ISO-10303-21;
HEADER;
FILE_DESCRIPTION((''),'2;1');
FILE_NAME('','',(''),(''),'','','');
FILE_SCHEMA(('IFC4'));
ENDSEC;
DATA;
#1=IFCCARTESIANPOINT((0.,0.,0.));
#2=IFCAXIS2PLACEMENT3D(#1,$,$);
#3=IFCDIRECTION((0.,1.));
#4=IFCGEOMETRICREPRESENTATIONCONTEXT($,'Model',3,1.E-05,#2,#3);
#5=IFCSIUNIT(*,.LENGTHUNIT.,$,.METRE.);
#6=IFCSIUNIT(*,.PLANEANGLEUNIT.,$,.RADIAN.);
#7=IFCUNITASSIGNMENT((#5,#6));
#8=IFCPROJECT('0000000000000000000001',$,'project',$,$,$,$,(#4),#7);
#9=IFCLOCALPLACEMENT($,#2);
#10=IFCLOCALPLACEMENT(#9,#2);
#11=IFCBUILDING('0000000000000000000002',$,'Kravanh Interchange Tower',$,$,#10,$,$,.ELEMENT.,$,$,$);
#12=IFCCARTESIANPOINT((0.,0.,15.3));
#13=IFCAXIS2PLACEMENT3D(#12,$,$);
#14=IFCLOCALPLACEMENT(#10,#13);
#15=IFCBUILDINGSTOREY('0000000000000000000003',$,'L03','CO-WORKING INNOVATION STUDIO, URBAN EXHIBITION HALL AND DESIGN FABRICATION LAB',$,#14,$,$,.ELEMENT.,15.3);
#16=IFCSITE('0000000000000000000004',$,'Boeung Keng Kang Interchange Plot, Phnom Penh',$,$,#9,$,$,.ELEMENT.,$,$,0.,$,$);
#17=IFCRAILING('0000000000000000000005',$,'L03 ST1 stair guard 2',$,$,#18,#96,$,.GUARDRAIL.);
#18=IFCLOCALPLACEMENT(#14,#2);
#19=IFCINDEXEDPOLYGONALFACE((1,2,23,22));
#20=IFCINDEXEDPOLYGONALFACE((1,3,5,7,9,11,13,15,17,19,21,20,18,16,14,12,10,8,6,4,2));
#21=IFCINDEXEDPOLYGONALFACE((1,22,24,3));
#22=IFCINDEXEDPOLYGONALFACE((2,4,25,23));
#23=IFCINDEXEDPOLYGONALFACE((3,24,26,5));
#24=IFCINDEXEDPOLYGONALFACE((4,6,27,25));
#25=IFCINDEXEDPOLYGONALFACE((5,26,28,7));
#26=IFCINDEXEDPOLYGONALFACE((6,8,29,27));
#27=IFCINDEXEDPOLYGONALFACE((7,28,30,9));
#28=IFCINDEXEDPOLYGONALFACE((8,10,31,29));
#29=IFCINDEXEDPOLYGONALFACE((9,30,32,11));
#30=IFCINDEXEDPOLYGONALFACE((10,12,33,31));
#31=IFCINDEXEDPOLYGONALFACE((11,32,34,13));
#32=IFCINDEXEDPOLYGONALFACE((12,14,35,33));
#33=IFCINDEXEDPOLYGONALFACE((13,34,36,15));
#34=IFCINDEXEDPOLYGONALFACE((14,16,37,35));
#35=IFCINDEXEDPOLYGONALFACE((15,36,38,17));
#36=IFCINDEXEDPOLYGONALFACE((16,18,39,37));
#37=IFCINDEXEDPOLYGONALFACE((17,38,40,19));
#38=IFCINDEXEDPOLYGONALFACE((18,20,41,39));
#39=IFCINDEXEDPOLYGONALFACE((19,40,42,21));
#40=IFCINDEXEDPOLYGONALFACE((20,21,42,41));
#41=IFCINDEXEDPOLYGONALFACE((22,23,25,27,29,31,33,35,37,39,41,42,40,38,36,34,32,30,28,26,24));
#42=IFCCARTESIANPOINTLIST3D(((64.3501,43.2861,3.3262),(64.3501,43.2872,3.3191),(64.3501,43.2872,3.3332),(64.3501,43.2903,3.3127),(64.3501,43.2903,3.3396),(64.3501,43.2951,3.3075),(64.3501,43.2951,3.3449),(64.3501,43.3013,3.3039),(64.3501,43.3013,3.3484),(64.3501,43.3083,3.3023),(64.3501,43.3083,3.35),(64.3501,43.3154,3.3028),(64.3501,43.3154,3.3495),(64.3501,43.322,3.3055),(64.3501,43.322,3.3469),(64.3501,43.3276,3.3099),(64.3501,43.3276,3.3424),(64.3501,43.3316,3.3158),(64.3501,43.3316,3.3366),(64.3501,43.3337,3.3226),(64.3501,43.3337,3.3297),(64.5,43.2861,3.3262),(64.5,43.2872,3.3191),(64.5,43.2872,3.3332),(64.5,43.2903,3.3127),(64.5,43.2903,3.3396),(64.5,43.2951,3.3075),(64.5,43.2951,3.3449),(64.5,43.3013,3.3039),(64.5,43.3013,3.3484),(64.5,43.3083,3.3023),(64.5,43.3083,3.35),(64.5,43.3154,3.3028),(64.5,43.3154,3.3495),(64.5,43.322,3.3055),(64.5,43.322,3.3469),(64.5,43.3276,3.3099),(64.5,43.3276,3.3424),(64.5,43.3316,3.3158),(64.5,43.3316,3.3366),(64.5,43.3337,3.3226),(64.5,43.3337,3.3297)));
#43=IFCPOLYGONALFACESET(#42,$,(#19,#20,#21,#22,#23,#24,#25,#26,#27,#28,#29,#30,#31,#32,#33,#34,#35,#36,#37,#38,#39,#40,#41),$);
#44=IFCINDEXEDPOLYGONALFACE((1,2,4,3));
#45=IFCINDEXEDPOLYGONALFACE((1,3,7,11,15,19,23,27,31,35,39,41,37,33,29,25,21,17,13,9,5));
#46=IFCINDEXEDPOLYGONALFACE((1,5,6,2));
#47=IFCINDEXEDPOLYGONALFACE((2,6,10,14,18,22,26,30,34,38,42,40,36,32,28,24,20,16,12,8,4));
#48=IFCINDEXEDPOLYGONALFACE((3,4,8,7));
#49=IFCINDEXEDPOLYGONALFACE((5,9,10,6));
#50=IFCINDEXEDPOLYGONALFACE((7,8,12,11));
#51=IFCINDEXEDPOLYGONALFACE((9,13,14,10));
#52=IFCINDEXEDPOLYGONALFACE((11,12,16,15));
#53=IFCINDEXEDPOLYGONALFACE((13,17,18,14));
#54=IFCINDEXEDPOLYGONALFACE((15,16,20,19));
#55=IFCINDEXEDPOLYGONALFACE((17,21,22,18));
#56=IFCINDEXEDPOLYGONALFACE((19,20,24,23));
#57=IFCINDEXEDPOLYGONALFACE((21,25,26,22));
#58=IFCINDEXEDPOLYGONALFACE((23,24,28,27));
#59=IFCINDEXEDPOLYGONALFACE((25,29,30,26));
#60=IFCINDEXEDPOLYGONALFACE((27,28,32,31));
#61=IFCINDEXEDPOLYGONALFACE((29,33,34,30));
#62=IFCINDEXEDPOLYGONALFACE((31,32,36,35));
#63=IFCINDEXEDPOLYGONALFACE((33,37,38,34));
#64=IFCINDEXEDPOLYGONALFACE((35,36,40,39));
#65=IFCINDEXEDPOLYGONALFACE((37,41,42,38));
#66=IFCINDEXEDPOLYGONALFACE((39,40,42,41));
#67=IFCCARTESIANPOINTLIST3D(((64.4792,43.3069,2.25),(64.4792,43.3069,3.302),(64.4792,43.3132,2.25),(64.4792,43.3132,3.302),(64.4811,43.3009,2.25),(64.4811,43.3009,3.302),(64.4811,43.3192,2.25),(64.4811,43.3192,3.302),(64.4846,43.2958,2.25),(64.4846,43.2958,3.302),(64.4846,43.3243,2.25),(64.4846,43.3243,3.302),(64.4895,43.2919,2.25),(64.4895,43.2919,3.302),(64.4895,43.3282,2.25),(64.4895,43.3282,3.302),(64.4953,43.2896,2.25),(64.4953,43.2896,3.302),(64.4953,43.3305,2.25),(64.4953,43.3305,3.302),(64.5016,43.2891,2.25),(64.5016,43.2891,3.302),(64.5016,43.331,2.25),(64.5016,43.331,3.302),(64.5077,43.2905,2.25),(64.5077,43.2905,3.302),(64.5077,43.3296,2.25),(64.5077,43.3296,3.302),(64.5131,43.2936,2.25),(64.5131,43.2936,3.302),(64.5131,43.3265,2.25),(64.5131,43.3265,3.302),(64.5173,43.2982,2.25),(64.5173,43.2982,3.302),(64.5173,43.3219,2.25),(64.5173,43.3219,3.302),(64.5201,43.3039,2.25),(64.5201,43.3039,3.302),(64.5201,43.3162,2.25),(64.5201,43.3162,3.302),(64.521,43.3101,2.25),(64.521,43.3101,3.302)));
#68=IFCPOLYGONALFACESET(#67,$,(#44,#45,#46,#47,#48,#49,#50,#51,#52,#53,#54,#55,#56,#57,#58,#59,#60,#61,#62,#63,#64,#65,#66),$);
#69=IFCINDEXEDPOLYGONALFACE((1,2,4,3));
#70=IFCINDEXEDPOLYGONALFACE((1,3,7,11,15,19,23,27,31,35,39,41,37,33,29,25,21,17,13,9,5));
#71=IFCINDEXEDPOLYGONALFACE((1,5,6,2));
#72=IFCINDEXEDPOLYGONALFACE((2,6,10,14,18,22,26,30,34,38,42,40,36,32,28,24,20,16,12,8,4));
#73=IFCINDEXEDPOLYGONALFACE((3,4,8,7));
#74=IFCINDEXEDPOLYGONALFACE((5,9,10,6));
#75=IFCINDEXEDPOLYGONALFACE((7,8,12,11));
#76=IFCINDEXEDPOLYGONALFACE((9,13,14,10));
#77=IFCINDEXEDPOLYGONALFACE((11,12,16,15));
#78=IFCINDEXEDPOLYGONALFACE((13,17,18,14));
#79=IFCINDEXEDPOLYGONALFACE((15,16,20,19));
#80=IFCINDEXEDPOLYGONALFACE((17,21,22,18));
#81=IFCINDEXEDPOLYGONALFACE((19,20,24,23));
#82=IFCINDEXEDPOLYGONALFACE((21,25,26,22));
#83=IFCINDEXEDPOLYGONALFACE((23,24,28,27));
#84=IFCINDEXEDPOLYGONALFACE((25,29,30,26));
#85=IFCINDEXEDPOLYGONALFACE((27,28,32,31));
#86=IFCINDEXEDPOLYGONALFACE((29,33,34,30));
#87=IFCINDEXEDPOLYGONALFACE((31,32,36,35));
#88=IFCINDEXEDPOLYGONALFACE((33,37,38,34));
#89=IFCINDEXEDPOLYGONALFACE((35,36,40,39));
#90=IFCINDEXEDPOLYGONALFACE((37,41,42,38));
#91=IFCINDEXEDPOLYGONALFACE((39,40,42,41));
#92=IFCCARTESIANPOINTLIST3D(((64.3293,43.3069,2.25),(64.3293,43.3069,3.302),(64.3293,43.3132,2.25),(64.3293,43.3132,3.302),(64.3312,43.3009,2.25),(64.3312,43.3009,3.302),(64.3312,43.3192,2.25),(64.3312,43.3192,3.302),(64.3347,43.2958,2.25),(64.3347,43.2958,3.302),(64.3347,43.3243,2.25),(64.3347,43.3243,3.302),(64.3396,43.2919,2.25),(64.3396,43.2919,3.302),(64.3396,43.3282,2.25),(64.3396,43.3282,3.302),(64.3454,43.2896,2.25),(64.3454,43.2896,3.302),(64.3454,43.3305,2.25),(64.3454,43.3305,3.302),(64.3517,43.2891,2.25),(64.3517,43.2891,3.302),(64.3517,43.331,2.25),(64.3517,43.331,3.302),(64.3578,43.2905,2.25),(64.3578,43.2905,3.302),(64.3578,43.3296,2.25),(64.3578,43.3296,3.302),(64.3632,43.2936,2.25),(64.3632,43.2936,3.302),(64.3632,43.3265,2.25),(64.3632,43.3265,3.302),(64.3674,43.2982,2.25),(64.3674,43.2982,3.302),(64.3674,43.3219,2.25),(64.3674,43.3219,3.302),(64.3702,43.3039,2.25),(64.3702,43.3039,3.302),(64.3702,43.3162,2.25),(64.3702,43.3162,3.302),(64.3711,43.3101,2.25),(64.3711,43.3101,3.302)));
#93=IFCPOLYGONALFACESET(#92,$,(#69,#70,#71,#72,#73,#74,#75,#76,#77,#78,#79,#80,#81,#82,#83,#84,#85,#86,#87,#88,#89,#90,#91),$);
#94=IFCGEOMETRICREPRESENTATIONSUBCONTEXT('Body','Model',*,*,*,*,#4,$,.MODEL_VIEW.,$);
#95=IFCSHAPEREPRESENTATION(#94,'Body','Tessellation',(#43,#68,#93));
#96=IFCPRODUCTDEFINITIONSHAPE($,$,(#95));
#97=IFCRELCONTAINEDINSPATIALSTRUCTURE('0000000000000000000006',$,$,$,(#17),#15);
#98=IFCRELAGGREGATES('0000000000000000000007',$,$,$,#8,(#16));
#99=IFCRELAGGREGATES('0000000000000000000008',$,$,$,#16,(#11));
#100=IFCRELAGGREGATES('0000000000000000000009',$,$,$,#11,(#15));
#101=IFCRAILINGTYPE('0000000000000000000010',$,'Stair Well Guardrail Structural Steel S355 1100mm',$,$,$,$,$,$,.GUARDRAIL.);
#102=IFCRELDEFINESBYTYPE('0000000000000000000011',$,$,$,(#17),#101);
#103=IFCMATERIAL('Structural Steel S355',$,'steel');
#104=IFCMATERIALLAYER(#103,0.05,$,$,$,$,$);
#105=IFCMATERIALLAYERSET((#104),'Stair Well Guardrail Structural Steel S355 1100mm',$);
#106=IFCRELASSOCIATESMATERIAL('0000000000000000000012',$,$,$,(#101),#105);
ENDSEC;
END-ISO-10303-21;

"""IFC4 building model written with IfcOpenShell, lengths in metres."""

from ifc_helpers import new_model, si_unit, direction, frame, origin, origin_2d, place, context, subcontext, project, spatial, circle, extrude, material, layer, layer_set, type_object, element, save


model = new_model("IFC4")

# Units and contexts
model_context = context("Model", 3, precision=1e-05, world=origin(), true_north=direction((0.0, 1.0)))
body_context = subcontext(model_context, "Body", "Model", "MODEL_VIEW")
ifc_project = project(units=[si_unit("LENGTHUNIT", "METRE"), si_unit("PLANEANGLEUNIT", "RADIAN")], contexts=[model_context])

# Site, building, storey
site_placement = place(None, origin())
site = spatial("IfcSite", under=ifc_project, at=site_placement, Name="Boeung Keng Kang Interchange Plot, Phnom Penh", CompositionType="ELEMENT", RefElevation=0.0)
building_placement = place(site_placement, origin())
building = spatial("IfcBuilding", under=site, at=building_placement, Name="Kravanh Interchange Tower", CompositionType="ELEMENT")
storey_placement = place(building_placement, frame((0.0, 0.0, 15.3)))
storey = spatial("IfcBuildingStorey", under=building, at=storey_placement, Name="L03", Description="CO-WORKING INNOVATION STUDIO, URBAN EXHIBITION HALL AND DESIGN FABRICATION LAB", CompositionType="ELEMENT", Elevation=15.3)

# Railing
ifc_material_1 = material(Name="Structural Steel S355", Category="steel")
ifc_layer_1 = layer(ifc_material_1, 0.05)
ifc_layer_set_1 = layer_set([ifc_layer_1], Name="Stair Well Guardrail Structural Steel S355 1100mm")
railing_type_1 = type_object("IfcRailingType", Name="Stair Well Guardrail Structural Steel S355 1100mm", PredefinedType="GUARDRAIL", material=ifc_layer_set_1)
railing_1_placement = place(storey_placement, frame((64.5, 43.3101, 2.25)))
element("IfcRailing", 1, at=railing_1_placement, inside=storey, type_object=railing_type_1, Name="L03 ST1 stair guard 2", PredefinedType="GUARDRAIL", context=body_context, shape_type="SweptSolid", body=[
    extrude(circle(Radius=0.0239, at=origin_2d()), frame((0.0, 0.0, 1.0762), z_axis=(-1.0, 0.0, 0.0), x_axis=(0.0, -1.0, 0.0)), (0.0, 0.0, 1.0), 0.1499),
    extrude(circle(Radius=0.021, at=origin_2d()), origin(), (0.0, 0.0, 1.0), 1.052),
    extrude(circle(Radius=0.021, at=origin_2d()), frame((-0.1499, 0.0, 0.0)), (0.0, 0.0, 1.0), 1.052),
])

save(model, "model.ifc")
